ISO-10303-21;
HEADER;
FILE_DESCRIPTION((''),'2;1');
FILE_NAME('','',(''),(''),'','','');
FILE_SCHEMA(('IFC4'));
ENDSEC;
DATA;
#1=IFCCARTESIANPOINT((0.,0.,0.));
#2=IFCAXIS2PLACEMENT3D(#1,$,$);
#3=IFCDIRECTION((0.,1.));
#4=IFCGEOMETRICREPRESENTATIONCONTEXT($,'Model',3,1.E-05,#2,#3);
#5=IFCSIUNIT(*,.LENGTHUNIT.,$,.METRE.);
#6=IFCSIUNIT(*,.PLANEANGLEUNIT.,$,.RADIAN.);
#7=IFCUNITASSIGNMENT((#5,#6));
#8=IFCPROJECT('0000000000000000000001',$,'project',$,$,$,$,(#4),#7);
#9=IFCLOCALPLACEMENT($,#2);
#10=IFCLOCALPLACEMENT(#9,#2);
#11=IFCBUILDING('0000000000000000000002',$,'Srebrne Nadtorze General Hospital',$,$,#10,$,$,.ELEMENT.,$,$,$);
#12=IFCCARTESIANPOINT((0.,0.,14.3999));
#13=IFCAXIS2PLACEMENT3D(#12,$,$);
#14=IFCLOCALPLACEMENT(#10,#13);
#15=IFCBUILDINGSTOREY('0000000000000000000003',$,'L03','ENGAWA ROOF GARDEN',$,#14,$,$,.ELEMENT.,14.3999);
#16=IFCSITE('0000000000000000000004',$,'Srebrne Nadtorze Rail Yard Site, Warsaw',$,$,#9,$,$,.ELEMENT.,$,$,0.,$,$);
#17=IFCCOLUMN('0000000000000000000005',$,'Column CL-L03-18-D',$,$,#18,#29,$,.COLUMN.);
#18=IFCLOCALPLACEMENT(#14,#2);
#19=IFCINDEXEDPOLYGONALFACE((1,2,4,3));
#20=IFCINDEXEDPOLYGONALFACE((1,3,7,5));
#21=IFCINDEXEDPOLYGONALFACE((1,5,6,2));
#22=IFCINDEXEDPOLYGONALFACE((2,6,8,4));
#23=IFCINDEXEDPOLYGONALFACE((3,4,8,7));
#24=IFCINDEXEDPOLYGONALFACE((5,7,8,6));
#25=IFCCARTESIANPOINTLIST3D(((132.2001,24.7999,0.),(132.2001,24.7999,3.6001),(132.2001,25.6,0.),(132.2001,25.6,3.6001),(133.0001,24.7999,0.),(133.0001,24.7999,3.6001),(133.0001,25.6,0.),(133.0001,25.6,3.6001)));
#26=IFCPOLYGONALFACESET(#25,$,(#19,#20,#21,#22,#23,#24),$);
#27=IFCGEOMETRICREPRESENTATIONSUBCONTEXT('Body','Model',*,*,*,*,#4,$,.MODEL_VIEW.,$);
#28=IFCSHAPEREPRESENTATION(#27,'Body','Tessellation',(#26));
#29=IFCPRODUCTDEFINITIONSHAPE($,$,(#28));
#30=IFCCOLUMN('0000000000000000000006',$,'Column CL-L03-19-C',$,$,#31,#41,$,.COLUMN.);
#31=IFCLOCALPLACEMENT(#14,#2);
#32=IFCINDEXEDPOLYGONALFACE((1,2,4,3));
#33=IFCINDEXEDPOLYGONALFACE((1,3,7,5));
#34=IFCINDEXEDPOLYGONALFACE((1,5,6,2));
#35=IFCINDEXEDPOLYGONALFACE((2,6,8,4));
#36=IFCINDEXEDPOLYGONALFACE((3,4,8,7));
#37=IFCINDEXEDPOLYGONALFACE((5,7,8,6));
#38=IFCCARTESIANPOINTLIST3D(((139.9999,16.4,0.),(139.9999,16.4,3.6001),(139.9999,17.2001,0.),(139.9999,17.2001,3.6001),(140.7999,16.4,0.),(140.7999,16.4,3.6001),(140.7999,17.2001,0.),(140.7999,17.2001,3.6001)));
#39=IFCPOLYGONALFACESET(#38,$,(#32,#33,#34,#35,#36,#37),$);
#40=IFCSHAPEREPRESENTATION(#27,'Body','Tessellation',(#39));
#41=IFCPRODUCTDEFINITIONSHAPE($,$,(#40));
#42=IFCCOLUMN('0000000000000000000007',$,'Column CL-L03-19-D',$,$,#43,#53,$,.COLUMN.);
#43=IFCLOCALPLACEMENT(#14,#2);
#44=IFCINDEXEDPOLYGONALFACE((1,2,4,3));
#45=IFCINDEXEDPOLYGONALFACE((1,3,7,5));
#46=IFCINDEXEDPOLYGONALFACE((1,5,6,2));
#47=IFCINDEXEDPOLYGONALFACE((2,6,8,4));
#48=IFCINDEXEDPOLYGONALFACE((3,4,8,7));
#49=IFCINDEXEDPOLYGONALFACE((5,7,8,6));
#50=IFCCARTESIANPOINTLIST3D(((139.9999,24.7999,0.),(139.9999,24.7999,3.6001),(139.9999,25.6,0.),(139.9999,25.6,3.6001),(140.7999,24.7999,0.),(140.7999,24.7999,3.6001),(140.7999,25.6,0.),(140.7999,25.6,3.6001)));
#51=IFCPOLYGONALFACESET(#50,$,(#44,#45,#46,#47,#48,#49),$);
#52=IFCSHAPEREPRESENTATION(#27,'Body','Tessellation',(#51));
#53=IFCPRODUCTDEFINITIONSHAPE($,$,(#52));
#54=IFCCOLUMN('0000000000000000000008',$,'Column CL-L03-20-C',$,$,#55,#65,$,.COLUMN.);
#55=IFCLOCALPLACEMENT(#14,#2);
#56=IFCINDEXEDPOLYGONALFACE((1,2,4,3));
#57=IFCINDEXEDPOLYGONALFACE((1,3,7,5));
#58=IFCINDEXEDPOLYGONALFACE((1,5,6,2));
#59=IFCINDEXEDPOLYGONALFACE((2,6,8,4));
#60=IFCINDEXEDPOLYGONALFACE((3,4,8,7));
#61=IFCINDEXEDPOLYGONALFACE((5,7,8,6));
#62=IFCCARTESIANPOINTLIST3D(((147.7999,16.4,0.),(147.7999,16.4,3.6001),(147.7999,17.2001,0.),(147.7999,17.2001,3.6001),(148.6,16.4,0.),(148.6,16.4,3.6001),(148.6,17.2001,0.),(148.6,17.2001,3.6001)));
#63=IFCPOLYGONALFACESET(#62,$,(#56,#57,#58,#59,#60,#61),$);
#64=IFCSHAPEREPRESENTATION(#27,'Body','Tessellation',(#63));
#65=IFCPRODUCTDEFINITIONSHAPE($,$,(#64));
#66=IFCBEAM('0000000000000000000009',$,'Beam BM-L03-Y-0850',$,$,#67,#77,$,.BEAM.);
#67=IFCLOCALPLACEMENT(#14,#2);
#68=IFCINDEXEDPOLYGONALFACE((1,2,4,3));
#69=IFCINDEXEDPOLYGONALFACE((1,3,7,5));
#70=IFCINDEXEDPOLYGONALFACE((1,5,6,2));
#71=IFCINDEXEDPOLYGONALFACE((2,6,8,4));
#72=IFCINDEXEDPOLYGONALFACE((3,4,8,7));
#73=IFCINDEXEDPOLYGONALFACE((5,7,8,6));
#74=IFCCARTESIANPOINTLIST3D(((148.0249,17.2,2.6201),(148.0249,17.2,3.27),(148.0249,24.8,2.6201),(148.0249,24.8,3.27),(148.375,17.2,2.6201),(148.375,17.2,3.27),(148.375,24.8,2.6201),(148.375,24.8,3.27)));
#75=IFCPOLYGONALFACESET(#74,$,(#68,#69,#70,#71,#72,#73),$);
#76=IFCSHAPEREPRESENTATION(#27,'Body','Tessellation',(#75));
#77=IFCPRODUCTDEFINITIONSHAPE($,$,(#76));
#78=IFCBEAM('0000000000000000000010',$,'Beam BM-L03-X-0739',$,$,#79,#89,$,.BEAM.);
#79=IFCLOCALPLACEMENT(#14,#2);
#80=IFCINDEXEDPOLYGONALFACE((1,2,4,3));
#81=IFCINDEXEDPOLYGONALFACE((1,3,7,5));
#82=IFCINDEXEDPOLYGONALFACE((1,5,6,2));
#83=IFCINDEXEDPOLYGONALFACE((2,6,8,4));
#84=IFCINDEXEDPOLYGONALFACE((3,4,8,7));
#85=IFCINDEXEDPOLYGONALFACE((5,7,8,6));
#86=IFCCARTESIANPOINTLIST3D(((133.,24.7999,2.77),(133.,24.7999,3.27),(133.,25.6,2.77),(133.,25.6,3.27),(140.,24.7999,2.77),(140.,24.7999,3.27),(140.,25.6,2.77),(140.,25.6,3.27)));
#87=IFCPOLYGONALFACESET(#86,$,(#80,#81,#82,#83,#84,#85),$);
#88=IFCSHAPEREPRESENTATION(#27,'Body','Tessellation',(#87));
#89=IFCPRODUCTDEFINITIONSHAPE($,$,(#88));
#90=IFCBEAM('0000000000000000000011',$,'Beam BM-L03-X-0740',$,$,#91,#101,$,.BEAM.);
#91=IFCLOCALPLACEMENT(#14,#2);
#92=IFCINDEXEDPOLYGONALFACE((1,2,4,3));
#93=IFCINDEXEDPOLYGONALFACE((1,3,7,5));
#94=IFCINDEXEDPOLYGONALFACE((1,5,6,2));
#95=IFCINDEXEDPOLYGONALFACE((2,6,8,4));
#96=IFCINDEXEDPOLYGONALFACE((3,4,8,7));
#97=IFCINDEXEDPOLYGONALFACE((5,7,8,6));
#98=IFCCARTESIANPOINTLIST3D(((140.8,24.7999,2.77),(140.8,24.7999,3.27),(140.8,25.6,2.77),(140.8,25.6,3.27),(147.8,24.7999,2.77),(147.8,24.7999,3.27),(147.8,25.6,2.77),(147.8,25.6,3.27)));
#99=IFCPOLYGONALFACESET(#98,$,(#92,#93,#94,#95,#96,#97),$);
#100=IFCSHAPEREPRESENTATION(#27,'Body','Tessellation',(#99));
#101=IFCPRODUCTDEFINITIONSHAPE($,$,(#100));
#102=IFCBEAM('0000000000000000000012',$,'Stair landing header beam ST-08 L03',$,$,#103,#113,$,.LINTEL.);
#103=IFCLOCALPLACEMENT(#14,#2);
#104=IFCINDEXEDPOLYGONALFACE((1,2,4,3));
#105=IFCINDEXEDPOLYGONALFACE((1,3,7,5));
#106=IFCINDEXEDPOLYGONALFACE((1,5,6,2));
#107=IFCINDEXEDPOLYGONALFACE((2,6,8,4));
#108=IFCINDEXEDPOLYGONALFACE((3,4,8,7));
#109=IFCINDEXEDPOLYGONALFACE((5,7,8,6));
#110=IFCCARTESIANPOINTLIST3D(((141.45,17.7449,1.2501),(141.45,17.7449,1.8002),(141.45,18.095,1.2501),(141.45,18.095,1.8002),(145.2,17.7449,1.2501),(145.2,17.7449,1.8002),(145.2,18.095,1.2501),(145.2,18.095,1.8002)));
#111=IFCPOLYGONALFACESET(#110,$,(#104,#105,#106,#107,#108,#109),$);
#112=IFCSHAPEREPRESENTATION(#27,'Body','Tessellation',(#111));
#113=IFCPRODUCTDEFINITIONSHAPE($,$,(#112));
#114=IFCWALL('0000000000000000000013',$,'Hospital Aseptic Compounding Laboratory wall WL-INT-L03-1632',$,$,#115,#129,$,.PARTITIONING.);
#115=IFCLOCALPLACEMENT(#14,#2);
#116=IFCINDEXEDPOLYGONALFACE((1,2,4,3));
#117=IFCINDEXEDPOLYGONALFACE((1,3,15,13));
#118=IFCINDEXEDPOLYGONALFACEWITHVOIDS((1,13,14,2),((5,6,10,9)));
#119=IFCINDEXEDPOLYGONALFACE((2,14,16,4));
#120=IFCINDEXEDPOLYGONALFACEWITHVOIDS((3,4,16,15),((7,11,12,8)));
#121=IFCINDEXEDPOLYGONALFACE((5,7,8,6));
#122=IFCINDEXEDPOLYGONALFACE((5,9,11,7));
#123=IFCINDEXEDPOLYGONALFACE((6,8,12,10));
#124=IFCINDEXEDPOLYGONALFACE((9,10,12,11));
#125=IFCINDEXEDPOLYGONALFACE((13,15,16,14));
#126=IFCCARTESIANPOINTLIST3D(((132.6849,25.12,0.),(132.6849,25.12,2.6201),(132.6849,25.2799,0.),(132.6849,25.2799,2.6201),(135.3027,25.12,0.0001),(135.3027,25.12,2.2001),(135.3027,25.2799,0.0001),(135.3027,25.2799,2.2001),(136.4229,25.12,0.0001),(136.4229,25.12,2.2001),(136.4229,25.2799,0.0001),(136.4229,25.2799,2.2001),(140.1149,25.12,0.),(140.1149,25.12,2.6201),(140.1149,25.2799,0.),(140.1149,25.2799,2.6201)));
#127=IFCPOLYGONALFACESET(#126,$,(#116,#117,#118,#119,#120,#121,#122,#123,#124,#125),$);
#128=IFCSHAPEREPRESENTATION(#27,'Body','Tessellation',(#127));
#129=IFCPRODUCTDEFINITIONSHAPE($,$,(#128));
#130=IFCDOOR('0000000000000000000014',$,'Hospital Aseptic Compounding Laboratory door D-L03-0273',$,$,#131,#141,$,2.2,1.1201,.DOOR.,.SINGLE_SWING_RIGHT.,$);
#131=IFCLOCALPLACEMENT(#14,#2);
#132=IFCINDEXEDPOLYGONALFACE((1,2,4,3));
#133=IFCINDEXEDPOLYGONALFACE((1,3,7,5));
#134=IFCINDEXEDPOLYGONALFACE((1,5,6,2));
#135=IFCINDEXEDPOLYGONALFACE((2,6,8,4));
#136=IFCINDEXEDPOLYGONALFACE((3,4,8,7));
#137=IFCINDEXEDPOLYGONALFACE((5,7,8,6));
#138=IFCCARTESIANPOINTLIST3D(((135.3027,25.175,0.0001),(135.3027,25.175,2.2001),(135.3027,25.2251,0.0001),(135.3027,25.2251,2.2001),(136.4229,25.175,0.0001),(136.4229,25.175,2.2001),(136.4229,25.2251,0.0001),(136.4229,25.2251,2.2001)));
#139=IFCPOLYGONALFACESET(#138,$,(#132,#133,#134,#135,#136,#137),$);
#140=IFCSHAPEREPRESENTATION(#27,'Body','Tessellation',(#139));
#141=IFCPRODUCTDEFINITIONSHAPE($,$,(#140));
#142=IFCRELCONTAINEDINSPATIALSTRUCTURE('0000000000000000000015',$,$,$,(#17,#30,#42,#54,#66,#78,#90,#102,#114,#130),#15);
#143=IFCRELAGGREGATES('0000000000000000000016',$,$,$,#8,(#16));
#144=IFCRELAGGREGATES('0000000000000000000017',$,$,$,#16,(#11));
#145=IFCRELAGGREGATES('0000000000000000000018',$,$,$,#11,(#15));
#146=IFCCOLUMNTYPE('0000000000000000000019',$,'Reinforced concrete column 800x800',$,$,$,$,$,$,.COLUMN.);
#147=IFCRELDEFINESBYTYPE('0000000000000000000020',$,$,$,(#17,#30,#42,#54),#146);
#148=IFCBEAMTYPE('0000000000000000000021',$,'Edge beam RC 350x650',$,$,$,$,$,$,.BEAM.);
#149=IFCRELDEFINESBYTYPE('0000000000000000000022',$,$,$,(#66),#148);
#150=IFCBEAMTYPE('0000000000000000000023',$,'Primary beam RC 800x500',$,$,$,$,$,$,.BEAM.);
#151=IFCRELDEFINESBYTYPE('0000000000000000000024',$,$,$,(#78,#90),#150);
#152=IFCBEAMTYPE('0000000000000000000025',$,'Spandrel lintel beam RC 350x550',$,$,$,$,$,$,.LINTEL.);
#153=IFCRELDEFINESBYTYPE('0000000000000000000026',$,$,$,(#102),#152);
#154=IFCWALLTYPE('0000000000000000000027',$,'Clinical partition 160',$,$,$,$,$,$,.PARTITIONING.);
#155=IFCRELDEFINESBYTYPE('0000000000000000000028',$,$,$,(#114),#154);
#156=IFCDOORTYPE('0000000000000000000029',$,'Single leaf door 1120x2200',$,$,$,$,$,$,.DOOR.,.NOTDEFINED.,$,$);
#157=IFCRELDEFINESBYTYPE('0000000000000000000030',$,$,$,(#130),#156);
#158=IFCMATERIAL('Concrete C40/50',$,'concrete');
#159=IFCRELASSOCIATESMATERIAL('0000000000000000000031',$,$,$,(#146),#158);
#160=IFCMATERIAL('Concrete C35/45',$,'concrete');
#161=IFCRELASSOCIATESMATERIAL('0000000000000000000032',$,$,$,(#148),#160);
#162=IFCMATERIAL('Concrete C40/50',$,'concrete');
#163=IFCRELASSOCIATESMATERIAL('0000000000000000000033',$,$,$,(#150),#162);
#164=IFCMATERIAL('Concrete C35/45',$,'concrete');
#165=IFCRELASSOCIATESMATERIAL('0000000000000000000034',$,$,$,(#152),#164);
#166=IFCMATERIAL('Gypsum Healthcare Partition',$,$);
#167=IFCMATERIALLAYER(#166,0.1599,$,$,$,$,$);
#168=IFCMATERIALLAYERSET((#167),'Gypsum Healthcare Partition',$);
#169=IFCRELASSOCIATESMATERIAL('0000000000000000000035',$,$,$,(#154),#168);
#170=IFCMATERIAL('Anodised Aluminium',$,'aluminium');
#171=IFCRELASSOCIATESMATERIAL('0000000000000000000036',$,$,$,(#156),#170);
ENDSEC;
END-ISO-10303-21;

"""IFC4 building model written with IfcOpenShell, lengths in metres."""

from ifc_helpers import new_model, si_unit, direction, frame, frame_2d, origin, origin_2d, place, context, subcontext, project, spatial, rectangle, extrude, material, layer, layer_set, material_profile, profile_set, type_object, element, fill, save


model = new_model("IFC4")

# Units and contexts
model_context = context("Model", 3, precision=1e-05, world=origin(), true_north=direction((0.0, 1.0)))
body_context = subcontext(model_context, "Body", "Model", "MODEL_VIEW")
ifc_project = project(units=[si_unit("LENGTHUNIT", "METRE"), si_unit("PLANEANGLEUNIT", "RADIAN")], contexts=[model_context])

# Site, building, storey
site_placement = place(None, origin())
site = spatial("IfcSite", under=ifc_project, at=site_placement, Name="Srebrne Nadtorze Rail Yard Site, Warsaw", CompositionType="ELEMENT", RefElevation=0.0)
building_placement = place(site_placement, origin())
building = spatial("IfcBuilding", under=site, at=building_placement, Name="Srebrne Nadtorze General Hospital", CompositionType="ELEMENT")
storey_placement = place(building_placement, frame((0.0, 0.0, 14.3999)))
storey = spatial("IfcBuildingStorey", under=building, at=storey_placement, Name="L03", Description="ENGAWA ROOF GARDEN", CompositionType="ELEMENT", Elevation=14.3999)

# Columns
ifc_material_1 = material(Name="Concrete C40/50", Category="concrete")
ifc_material_profile_1 = material_profile(ifc_material_1, rectangle(XDim=0.8, YDim=0.8, at=origin_2d()), Name="RC-COL-800x800")
ifc_profile_set_1 = profile_set([ifc_material_profile_1], Name="Concrete C40/50")
column_type = type_object("IfcColumnType", Name="Reinforced concrete column 800x800", PredefinedType="COLUMN", material=ifc_profile_set_1)
for number, where, z_axis, x_axis, name in (
    (1, (132.6001, 25.2, 0.0), (0.0, 0.0, 1.0), (1.0, 0.0, 0.0), "Column CL-L03-18-D"),
    (2, (140.3999, 16.8, 0.0), (0.0, 0.0, 1.0), (1.0, 0.0, 0.0), "Column CL-L03-19-C"),
    (3, (140.3999, 25.2, 0.0), (0.0, 0.0, 1.0), (1.0, 0.0, 0.0), "Column CL-L03-19-D"),
    (4, (148.2, 16.8, 0.0), (0.0, 0.0, 1.0), (1.0, 0.0, 0.0), "Column CL-L03-20-C"),
):
    element("IfcColumn", number, at=place(storey_placement, frame(where, z_axis=z_axis, x_axis=x_axis)), inside=storey, type_object=column_type, Name=name, PredefinedType="COLUMN", context=body_context, shape_type="SweptSolid", body=[
        extrude(rectangle(XDim=0.8, YDim=0.8, at=origin_2d()), origin(), (0.0, 0.0, 1.0), 3.6001),
    ])

# Beams
ifc_material_2 = material(Name="Concrete C35/45", Category="concrete")
ifc_material_profile_2 = material_profile(ifc_material_2, rectangle(XDim=0.3501, YDim=0.6499, at=origin_2d()), Name="RC-BM-350x650")
ifc_profile_set_2 = profile_set([ifc_material_profile_2], Name="Concrete C35/45")
beam_type_1 = type_object("IfcBeamType", Name="Edge beam RC 350x650", PredefinedType="BEAM", material=ifc_profile_set_2)
beam_1_placement = place(storey_placement, frame((148.2, 17.2, 2.9451), z_axis=(0.0, 1.0, 0.0), x_axis=(-1.0, 0.0, 0.0)))
element("IfcBeam", 5, at=beam_1_placement, inside=storey, type_object=beam_type_1, Name="Beam BM-L03-Y-0850", PredefinedType="BEAM", context=body_context, shape_type="SweptSolid", body=[
    extrude(rectangle(XDim=0.3501, YDim=0.6499, at=origin_2d()), origin(), (0.0, 0.0, 1.0), 7.6001),
])
ifc_material_3 = material(Name="Concrete C40/50", Category="concrete")
ifc_material_profile_3 = material_profile(ifc_material_3, rectangle(XDim=0.8, YDim=0.5, at=origin_2d()), Name="RC-BM-800x500")
ifc_profile_set_3 = profile_set([ifc_material_profile_3], Name="Concrete C40/50")
beam_type_2 = type_object("IfcBeamType", Name="Primary beam RC 800x500", PredefinedType="BEAM", material=ifc_profile_set_3)
for number, where, z_axis, x_axis, name in (
    (6, (133.0, 25.2, 3.02), (1.0, 0.0, 0.0), (0.0, 1.0, 0.0), "Beam BM-L03-X-0739"),
    (7, (140.8, 25.2, 3.02), (1.0, 0.0, 0.0), (0.0, 1.0, 0.0), "Beam BM-L03-X-0740"),
):
    element("IfcBeam", number, at=place(storey_placement, frame(where, z_axis=z_axis, x_axis=x_axis)), inside=storey, type_object=beam_type_2, Name=name, PredefinedType="BEAM", context=body_context, shape_type="SweptSolid", body=[
        extrude(rectangle(XDim=0.8, YDim=0.5, at=origin_2d()), origin(), (0.0, 0.0, 1.0), 7.0),
    ])
ifc_material_4 = material(Name="Concrete C35/45", Category="concrete")
ifc_material_profile_4 = material_profile(ifc_material_4, rectangle(XDim=0.3501, YDim=0.55, at=origin_2d()), Name="RC-BM-350x550")
ifc_profile_set_4 = profile_set([ifc_material_profile_4], Name="Concrete C35/45")
beam_type_3 = type_object("IfcBeamType", Name="Spandrel lintel beam RC 350x550", PredefinedType="LINTEL", material=ifc_profile_set_4)
beam_2_placement = place(storey_placement, frame((141.45, 17.9199, 1.5251), z_axis=(1.0, 0.0, 0.0), x_axis=(0.0, 1.0, 0.0)))
element("IfcBeam", 8, at=beam_2_placement, inside=storey, type_object=beam_type_3, Name="Stair landing header beam ST-08 L03", PredefinedType="LINTEL", context=body_context, shape_type="SweptSolid", body=[
    extrude(rectangle(XDim=0.3501, YDim=0.55, at=origin_2d()), origin(), (0.0, 0.0, 1.0), 3.75),
])

# Wall, opening, door
ifc_material_5 = material(Name="Gypsum Healthcare Partition")
ifc_layer_1 = layer(ifc_material_5, 0.1599)
ifc_layer_set_1 = layer_set([ifc_layer_1], Name="Gypsum Healthcare Partition")
wall_type_1 = type_object("IfcWallType", Name="Clinical partition 160", PredefinedType="PARTITIONING", material=ifc_layer_set_1)
wall_1_placement = place(storey_placement, frame((132.6851, 25.2, 0.0), z_axis=(0.0, 0.0, 1.0), x_axis=(1.0, 0.0, 0.0)))
wall_1 = element("IfcWall", 9, at=wall_1_placement, inside=storey, type_object=wall_type_1, Name="Hospital Aseptic Compounding Laboratory wall WL-INT-L03-1632", PredefinedType="PARTITIONING", context=body_context, shape_type="SweptSolid", body=[
    extrude(rectangle(XDim=7.4299, YDim=0.1599, at=frame_2d((3.7148, 0.0))), origin(), (0.0, 0.0, 1.0), 2.6201),
])
opening_1_placement = place(wall_1_placement, frame((2.6177, 0.0, 0.0)))
opening_1 = element("IfcOpeningElement", 10, at=opening_1_placement, cuts=wall_1, PredefinedType="OPENING", context=body_context, shape_type="SweptSolid", body=[
    extrude(rectangle(XDim=1.1201, YDim=2.2, at=frame_2d((0.5601, 1.1001))), frame((0.0, 0.0918, 0.0), z_axis=(0.0, -1.0, 0.0), x_axis=(1.0, 0.0, 0.0)), (0.0, 0.0, 1.0), 0.1838),
])
ifc_material_6 = material(Name="Anodised Aluminium", Category="aluminium")
door_type = type_object("IfcDoorType", Name="Single leaf door 1120x2200", OperationType="NOTDEFINED", PredefinedType="DOOR", material=ifc_material_6)
door_placement = place(opening_1_placement, frame((1.1201, 0.0, 0.0), z_axis=(0.0, 0.0, 1.0), x_axis=(-1.0, 0.0, 0.0)))
door = element("IfcDoor", 11, at=door_placement, inside=storey, type_object=door_type, Name="Hospital Aseptic Compounding Laboratory door D-L03-0273", OperationType="SINGLE_SWING_RIGHT", OverallHeight=2.2, OverallWidth=1.1201, PredefinedType="DOOR", context=body_context, shape_type="SweptSolid", body=[
    extrude(rectangle(XDim=1.1201, YDim=2.2, at=frame_2d((0.5601, 1.1001))), frame((0.0, 0.0249, 0.0), z_axis=(0.0, -1.0, 0.0), x_axis=(1.0, 0.0, 0.0)), (0.0, 0.0, 1.0), 0.05),
])
fill(opening_1, door)

save(model, "model.ifc")
